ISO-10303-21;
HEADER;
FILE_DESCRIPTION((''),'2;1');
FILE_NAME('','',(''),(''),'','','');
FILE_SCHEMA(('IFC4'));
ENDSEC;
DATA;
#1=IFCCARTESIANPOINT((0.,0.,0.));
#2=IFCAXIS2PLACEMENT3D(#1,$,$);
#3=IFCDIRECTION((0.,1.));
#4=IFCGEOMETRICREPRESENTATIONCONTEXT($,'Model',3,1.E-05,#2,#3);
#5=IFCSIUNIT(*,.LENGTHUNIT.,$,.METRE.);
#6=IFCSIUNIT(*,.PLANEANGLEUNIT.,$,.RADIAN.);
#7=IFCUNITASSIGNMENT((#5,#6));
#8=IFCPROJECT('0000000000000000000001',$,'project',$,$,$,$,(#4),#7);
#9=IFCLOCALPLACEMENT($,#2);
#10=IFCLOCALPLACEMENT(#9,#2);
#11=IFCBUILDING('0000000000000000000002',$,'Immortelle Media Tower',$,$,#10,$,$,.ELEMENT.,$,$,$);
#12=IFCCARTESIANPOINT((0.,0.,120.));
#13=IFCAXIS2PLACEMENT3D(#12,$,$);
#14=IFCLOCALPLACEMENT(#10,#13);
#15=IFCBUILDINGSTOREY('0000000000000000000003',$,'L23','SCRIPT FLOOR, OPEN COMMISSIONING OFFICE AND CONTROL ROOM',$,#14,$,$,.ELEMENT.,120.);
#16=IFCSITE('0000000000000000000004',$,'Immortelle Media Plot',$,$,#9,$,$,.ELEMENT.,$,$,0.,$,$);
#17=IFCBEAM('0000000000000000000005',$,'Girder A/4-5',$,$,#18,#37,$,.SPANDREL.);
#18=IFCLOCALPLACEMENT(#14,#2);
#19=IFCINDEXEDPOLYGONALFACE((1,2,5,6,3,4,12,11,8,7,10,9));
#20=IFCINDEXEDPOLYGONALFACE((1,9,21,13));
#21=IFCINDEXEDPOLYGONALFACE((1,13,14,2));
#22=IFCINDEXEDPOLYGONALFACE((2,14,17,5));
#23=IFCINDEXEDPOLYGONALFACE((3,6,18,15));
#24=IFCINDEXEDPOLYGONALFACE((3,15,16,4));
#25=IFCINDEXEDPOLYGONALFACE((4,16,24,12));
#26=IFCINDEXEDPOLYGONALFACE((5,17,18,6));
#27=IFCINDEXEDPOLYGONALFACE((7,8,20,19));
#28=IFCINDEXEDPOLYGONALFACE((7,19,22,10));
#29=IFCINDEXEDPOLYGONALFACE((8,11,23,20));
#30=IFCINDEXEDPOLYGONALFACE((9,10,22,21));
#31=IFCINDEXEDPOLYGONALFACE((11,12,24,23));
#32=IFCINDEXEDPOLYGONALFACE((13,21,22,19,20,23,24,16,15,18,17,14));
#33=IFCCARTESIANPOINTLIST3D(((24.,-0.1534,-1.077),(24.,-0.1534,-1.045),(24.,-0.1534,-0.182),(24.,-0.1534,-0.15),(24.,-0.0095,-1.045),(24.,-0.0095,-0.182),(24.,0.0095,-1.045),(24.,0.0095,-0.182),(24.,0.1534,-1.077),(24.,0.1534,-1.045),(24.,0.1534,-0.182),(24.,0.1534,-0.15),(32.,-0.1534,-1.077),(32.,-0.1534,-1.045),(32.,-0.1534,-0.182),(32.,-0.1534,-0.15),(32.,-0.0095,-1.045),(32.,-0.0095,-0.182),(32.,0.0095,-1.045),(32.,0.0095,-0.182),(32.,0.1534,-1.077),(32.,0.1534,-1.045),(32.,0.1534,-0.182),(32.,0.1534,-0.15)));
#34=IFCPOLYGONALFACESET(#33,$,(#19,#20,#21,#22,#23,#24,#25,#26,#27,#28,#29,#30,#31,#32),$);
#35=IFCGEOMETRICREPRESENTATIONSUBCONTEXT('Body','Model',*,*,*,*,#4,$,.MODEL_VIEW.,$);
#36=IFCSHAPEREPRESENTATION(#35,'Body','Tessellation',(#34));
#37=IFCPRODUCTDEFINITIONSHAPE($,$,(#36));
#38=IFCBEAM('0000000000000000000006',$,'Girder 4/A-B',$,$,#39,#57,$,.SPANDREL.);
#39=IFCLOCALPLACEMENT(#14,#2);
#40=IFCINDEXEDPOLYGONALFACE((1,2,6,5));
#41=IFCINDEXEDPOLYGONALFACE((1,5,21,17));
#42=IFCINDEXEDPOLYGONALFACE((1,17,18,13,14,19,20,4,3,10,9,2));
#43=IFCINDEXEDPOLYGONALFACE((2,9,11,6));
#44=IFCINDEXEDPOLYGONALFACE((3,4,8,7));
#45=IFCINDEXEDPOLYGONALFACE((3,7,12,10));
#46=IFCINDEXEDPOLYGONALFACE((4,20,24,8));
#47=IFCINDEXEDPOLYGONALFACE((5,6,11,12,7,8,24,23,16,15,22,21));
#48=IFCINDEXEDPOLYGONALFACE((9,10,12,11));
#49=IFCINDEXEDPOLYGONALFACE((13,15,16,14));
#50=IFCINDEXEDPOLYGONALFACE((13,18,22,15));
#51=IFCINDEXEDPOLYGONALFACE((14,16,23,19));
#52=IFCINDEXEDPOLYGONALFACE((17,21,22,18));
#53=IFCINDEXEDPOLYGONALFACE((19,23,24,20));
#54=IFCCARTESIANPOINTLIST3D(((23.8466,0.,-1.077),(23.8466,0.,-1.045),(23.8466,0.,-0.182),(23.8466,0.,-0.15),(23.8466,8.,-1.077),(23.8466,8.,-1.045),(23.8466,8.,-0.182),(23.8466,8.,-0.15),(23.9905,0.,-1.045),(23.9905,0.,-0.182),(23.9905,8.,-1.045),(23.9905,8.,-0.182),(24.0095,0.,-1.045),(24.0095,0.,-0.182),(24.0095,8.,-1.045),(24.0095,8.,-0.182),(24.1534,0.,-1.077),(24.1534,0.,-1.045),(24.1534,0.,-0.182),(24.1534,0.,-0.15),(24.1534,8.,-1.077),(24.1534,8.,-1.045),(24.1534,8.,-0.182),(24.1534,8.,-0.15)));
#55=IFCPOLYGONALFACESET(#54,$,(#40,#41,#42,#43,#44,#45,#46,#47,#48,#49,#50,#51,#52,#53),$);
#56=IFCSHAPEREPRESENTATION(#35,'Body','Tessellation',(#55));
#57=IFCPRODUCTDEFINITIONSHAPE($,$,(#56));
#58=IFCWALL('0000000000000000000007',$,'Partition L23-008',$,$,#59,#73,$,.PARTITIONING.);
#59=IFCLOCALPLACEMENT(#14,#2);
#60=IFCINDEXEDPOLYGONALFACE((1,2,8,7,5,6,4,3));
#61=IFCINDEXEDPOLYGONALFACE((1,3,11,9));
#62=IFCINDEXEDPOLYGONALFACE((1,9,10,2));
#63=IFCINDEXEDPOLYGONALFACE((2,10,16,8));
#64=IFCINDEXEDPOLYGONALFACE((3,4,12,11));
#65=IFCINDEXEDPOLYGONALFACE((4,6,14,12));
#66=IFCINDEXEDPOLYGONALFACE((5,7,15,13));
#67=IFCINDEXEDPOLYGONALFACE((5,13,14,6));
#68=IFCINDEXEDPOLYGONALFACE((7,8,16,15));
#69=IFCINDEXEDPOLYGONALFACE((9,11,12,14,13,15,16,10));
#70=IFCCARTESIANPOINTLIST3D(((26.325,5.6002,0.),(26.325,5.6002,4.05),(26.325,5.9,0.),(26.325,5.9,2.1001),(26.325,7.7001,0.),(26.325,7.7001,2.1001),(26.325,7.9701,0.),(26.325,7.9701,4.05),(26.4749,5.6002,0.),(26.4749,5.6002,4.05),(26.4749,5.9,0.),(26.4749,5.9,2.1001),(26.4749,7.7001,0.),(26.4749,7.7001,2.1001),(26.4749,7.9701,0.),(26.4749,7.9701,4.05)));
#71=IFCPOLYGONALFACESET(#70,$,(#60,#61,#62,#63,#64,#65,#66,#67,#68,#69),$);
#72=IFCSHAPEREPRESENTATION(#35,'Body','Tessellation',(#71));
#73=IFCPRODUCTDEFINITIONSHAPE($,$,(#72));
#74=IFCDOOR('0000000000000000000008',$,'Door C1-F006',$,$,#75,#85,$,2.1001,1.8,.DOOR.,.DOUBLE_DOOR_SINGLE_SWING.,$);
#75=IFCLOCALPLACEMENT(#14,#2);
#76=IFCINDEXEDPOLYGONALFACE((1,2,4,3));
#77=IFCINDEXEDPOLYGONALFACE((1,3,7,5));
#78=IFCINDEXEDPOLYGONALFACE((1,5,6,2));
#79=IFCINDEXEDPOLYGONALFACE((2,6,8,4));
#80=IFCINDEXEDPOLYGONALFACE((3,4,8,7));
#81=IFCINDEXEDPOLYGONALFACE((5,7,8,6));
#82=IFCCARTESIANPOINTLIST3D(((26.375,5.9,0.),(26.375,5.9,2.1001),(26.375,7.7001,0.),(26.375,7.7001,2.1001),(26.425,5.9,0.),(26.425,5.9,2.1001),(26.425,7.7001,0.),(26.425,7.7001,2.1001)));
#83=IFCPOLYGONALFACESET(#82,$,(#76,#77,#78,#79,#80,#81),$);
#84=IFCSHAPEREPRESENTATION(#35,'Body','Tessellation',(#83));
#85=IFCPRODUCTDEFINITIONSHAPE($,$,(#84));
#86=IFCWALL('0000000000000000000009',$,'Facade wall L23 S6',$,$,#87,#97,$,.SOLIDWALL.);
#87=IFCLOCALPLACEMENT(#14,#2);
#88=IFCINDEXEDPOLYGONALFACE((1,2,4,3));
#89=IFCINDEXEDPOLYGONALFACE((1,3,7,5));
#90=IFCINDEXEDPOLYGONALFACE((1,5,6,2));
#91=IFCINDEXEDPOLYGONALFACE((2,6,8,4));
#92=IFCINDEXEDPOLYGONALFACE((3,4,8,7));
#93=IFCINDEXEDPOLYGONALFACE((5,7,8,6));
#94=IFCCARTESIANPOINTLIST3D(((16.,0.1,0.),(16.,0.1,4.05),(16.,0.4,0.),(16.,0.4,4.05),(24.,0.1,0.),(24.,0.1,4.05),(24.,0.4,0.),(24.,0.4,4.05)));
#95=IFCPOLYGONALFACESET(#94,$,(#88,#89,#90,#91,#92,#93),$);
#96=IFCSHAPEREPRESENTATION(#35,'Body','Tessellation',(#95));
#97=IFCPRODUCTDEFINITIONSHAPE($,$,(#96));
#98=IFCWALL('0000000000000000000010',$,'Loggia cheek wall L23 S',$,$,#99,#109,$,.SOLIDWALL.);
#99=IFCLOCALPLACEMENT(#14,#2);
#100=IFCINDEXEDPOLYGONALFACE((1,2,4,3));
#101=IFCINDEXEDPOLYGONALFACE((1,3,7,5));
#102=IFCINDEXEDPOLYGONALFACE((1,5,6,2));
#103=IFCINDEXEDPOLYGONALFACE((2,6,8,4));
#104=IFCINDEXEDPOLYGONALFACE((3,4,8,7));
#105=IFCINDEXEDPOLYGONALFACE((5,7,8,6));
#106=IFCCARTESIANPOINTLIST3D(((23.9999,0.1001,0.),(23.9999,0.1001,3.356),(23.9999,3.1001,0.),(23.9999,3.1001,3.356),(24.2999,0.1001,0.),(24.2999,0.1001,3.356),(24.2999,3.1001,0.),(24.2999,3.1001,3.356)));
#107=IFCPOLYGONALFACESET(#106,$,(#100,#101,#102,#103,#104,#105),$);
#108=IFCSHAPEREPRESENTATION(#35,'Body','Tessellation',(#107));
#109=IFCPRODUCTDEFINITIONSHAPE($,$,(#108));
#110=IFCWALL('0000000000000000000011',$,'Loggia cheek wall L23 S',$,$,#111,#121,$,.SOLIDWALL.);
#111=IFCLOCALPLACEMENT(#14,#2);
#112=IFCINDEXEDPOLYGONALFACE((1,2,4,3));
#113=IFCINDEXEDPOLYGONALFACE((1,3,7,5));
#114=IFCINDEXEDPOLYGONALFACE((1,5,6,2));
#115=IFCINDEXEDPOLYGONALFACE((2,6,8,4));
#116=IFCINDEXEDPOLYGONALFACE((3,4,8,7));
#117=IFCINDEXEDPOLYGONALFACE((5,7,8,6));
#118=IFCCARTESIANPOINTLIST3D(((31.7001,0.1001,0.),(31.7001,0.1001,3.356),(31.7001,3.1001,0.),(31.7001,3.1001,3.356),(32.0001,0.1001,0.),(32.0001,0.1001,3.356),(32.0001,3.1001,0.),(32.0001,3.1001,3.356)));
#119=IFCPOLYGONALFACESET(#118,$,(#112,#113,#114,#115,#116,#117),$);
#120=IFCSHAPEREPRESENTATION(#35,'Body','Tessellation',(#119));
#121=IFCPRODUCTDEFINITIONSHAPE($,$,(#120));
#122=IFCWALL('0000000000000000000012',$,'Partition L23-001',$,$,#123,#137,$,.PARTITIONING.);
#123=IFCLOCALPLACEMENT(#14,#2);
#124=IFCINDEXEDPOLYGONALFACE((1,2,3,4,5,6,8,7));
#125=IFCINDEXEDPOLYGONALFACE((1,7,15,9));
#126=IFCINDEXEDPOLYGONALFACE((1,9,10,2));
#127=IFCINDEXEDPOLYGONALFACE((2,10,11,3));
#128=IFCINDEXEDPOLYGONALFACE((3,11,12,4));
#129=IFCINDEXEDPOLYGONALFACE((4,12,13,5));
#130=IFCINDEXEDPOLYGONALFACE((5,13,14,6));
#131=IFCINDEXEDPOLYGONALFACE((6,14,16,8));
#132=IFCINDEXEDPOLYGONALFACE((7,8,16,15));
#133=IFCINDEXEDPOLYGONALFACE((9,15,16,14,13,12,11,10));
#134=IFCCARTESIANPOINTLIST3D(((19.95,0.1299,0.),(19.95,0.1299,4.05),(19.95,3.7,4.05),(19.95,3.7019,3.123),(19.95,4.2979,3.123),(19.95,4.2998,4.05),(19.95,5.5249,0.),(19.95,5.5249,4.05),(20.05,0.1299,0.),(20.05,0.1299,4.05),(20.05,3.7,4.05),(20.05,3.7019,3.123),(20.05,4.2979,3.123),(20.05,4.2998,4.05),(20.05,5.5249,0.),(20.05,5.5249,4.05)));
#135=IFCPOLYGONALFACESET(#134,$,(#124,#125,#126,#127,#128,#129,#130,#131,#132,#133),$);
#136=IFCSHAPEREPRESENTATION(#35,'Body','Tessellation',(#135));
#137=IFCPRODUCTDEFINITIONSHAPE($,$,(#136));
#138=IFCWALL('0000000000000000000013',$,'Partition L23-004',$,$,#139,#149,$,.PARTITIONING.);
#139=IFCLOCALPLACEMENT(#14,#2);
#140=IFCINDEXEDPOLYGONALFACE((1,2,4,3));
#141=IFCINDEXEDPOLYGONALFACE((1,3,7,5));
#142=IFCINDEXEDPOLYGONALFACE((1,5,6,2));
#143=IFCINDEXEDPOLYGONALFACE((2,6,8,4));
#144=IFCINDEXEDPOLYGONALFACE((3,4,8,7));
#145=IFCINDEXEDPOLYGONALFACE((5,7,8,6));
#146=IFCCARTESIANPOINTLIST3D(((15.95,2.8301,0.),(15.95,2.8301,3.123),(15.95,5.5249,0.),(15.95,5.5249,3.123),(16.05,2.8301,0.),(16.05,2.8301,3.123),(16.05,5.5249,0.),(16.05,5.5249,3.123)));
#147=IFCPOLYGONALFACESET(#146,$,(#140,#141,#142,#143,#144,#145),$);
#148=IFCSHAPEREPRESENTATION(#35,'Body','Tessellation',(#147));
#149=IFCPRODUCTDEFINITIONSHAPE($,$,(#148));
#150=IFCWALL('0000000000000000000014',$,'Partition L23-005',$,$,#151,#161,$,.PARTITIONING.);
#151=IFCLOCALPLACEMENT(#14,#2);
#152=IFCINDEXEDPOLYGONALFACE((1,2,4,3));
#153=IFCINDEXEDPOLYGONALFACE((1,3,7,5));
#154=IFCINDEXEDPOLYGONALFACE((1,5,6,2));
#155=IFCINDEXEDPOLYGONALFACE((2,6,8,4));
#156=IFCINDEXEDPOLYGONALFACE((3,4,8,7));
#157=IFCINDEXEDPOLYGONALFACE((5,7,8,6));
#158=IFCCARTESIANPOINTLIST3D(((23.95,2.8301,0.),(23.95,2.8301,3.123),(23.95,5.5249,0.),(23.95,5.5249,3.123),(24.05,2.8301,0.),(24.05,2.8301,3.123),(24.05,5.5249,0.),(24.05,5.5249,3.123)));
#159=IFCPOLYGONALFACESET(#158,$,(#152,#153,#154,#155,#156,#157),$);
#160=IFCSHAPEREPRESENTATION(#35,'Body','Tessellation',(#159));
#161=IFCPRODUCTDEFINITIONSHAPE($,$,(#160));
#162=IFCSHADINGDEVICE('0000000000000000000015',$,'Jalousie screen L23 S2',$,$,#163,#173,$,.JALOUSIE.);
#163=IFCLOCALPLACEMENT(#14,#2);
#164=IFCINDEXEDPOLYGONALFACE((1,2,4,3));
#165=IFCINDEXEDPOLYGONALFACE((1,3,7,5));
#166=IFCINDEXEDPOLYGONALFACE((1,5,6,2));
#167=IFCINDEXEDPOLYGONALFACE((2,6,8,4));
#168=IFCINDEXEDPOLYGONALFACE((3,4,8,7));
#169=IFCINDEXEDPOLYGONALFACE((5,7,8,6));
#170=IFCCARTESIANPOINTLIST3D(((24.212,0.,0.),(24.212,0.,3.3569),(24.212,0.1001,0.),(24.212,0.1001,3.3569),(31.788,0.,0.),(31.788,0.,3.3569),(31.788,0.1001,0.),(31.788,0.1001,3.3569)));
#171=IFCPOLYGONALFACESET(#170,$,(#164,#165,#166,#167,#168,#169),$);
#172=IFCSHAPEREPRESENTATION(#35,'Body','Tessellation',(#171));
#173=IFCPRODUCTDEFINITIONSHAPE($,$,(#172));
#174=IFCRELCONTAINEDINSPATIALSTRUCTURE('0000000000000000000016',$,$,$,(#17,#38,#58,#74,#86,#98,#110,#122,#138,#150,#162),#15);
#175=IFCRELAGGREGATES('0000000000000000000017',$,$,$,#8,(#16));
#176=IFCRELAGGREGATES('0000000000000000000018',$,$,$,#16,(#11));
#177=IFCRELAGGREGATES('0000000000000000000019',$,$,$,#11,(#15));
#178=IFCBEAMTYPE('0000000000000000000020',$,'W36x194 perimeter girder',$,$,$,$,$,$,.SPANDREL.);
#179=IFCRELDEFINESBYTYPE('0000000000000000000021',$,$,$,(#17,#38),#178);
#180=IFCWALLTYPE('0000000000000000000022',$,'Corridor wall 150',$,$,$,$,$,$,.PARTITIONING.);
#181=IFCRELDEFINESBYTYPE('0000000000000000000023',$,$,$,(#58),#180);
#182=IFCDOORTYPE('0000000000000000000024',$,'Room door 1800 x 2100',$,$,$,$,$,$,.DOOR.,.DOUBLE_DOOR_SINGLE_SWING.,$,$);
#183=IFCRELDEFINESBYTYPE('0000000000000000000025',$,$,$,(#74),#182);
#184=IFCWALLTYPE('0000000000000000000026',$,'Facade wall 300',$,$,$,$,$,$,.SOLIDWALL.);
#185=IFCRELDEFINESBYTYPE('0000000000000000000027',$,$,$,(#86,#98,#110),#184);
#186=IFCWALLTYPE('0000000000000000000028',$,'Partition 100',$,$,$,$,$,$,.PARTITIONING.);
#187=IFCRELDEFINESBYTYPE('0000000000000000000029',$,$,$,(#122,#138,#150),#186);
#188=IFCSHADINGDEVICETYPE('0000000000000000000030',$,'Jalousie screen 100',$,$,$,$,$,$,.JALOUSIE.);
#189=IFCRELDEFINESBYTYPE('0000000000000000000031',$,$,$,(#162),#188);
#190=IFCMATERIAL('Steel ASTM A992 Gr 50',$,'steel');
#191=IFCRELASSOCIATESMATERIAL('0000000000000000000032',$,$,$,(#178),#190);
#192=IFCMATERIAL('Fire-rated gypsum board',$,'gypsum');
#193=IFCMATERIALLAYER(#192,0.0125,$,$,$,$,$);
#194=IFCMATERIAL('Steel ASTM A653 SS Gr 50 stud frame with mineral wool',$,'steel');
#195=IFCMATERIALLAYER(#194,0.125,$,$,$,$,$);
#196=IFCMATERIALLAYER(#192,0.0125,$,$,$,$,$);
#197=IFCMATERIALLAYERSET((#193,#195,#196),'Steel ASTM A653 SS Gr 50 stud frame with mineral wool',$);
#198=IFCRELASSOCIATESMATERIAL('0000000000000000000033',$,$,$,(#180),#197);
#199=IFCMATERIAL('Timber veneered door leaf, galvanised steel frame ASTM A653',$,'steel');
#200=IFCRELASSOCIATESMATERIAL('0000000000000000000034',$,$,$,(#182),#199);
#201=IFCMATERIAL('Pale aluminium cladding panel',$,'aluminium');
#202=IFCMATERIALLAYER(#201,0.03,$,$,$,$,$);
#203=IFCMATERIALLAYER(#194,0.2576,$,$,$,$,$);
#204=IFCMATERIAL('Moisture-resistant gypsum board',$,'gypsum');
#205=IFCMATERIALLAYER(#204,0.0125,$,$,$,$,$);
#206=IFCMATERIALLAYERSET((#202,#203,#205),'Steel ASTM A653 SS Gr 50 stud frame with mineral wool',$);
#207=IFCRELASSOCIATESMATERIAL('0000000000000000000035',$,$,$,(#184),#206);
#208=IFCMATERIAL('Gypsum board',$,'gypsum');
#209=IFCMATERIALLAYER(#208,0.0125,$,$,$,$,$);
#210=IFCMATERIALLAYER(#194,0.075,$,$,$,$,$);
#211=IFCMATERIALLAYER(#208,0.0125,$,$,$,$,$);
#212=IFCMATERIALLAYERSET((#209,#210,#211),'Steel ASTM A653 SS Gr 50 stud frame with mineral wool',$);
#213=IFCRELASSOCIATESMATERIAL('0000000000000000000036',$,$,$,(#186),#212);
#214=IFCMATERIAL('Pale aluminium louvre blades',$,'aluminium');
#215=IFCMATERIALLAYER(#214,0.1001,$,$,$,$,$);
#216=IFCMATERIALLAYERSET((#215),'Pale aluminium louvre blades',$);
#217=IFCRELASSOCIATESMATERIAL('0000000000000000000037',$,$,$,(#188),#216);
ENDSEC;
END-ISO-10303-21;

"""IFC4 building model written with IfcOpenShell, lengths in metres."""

from ifc_helpers import new_model, si_unit, direction, frame, frame_2d, origin, origin_2d, place, context, subcontext, project, spatial, polyline, rectangle, i_section, outline, extrude, material, layer, layer_set, material_profile, profile_set, type_object, element, fill, save


model = new_model("IFC4")

# Units and contexts
model_context = context("Model", 3, precision=1e-05, world=origin(), true_north=direction((0.0, 1.0)))
body_context = subcontext(model_context, "Body", "Model", "MODEL_VIEW")
ifc_project = project(units=[si_unit("LENGTHUNIT", "METRE"), si_unit("PLANEANGLEUNIT", "RADIAN")], contexts=[model_context])

# Site, building, storey
site_placement = place(None, origin())
site = spatial("IfcSite", under=ifc_project, at=site_placement, Name="Immortelle Media Plot", CompositionType="ELEMENT", RefElevation=0.0)
building_placement = place(site_placement, origin())
building = spatial("IfcBuilding", under=site, at=building_placement, Name="Immortelle Media Tower", CompositionType="ELEMENT")
storey_placement = place(building_placement, frame((0.0, 0.0, 120.0)))
storey = spatial("IfcBuildingStorey", under=building, at=storey_placement, Name="L23", Description="SCRIPT FLOOR, OPEN COMMISSIONING OFFICE AND CONTROL ROOM", CompositionType="ELEMENT", Elevation=120.0)

# Shared definitions
ifc_material_1 = material(Name="Steel ASTM A992 Gr 50", Category="steel")

# Beams
ifc_material_profile_1 = material_profile(ifc_material_1, i_section(OverallWidth=0.3069, OverallDepth=0.927, WebThickness=0.019, FlangeThickness=0.032, at=origin_2d()), Name="W36x194")
ifc_profile_set_1 = profile_set([ifc_material_profile_1], Name="Steel ASTM A992 Gr 50")
beam_type_1 = type_object("IfcBeamType", Name="W36x194 perimeter girder", PredefinedType="SPANDREL", material=ifc_profile_set_1)
for number, where, z_axis, x_axis, name in (
    (1, (24.0, 0.0, -0.6135), (1.0, 0.0, 0.0), (0.0, 1.0, 0.0), "Girder A/4-5"),
    (2, (24.0, 0.0, -0.6135), (0.0, 1.0, 0.0), (-1.0, 0.0, 0.0), "Girder 4/A-B"),
):
    element("IfcBeam", number, at=place(storey_placement, frame(where, z_axis=z_axis, x_axis=x_axis)), inside=storey, type_object=beam_type_1, Name=name, PredefinedType="SPANDREL", context=body_context, shape_type="SweptSolid", body=[
        extrude(i_section(OverallWidth=0.3069, OverallDepth=0.927, WebThickness=0.019, FlangeThickness=0.032, at=origin_2d()), origin(), (0.0, 0.0, 1.0), 8.0),
    ])

# Wall, opening, door
ifc_material_2 = material(Name="Fire-rated gypsum board", Category="gypsum")
ifc_layer_1 = layer(ifc_material_2, 0.0125)
ifc_material_3 = material(Name="Steel ASTM A653 SS Gr 50 stud frame with mineral wool", Category="steel")
ifc_layer_2 = layer(ifc_material_3, 0.125)
ifc_layer_3 = layer(ifc_material_2, 0.0125)
ifc_layer_set_1 = layer_set([ifc_layer_1, ifc_layer_2, ifc_layer_3], Name="Steel ASTM A653 SS Gr 50 stud frame with mineral wool")
wall_type_1 = type_object("IfcWallType", Name="Corridor wall 150", PredefinedType="PARTITIONING", material=ifc_layer_set_1)
wall_1_placement = place(storey_placement, frame((26.3999, 5.6001, 0.0), z_axis=(0.0, 0.0, 1.0), x_axis=(0.0, 1.0, 0.0)))
wall_1 = element("IfcWall", 3, at=wall_1_placement, inside=storey, type_object=wall_type_1, Name="Partition L23-008", PredefinedType="PARTITIONING", context=body_context, shape_type="SweptSolid", body=[
    extrude(rectangle(XDim=2.3699, YDim=0.1499, at=frame_2d((1.1851, 0.0))), origin(), (0.0, 0.0, 1.0), 4.05),
])
opening_1_placement = place(wall_1_placement, frame((0.3, 0.0, 0.0)))
opening_1 = element("IfcOpeningElement", 4, at=opening_1_placement, cuts=wall_1, PredefinedType="OPENING", context=body_context, shape_type="SweptSolid", body=[
    extrude(rectangle(XDim=1.8, YDim=2.1001, at=frame_2d((0.8999, 1.05))), frame((0.0, 0.085, 0.0), z_axis=(0.0, -1.0, 0.0), x_axis=(1.0, 0.0, 0.0)), (0.0, 0.0, 1.0), 0.1699),
])
ifc_material_4 = material(Name="Timber veneered door leaf, galvanised steel frame ASTM A653", Category="steel")
door_type_1 = type_object("IfcDoorType", Name="Room door 1800 x 2100", OperationType="DOUBLE_DOOR_SINGLE_SWING", PredefinedType="DOOR", material=ifc_material_4)
door_1_placement = place(opening_1_placement, origin())
door_1 = element("IfcDoor", 5, at=door_1_placement, inside=storey, type_object=door_type_1, Name="Door C1-F006", OperationType="DOUBLE_DOOR_SINGLE_SWING", OverallHeight=2.1001, OverallWidth=1.8, PredefinedType="DOOR", context=body_context, shape_type="SweptSolid", body=[
    extrude(rectangle(XDim=1.8, YDim=2.1001, at=frame_2d((0.8999, 1.05))), frame((0.0, 0.0249, 0.0), z_axis=(0.0, -1.0, 0.0), x_axis=(1.0, 0.0, 0.0)), (0.0, 0.0, 1.0), 0.05),
])
fill(opening_1, door_1)

# Wall
ifc_material_5 = material(Name="Pale aluminium cladding panel", Category="aluminium")
ifc_layer_4 = layer(ifc_material_5, 0.03)
ifc_layer_5 = layer(ifc_material_3, 0.2576)
ifc_material_6 = material(Name="Moisture-resistant gypsum board", Category="gypsum")
ifc_layer_6 = layer(ifc_material_6, 0.0125)
ifc_layer_set_2 = layer_set([ifc_layer_4, ifc_layer_5, ifc_layer_6], Name="Steel ASTM A653 SS Gr 50 stud frame with mineral wool")
wall_type_2 = type_object("IfcWallType", Name="Facade wall 300", PredefinedType="SOLIDWALL", material=ifc_layer_set_2)
wall_2_placement = place(storey_placement, frame((16.0, 0.25, 0.0), z_axis=(0.0, 0.0, 1.0), x_axis=(1.0, 0.0, 0.0)))
element("IfcWall", 6, at=wall_2_placement, inside=storey, type_object=wall_type_2, Name="Facade wall L23 S6", PredefinedType="SOLIDWALL", context=body_context, shape_type="SweptSolid", body=[
    extrude(rectangle(XDim=8.0, YDim=0.3, at=frame_2d((4.0, 0.0))), origin(), (0.0, 0.0, 1.0), 4.05),
])

# Walls
for number, where, z_axis, x_axis, name in (
    (7, (24.1499, 0.1001, 0.0), (0.0, 0.0, 1.0), (0.0, 1.0, 0.0), "Loggia cheek wall L23 S"),
    (8, (31.8501, 0.1001, 0.0), (0.0, 0.0, 1.0), (0.0, 1.0, 0.0), "Loggia cheek wall L23 S"),
):
    element("IfcWall", number, at=place(storey_placement, frame(where, z_axis=z_axis, x_axis=x_axis)), inside=storey, type_object=wall_type_2, Name=name, PredefinedType="SOLIDWALL", context=body_context, shape_type="SweptSolid", body=[
        extrude(rectangle(XDim=3.0, YDim=0.3, at=frame_2d((1.5, 0.0))), origin(), (0.0, 0.0, 1.0), 3.356),
    ])
ifc_material_7 = material(Name="Gypsum board", Category="gypsum")
ifc_layer_7 = layer(ifc_material_7, 0.0125)
ifc_layer_8 = layer(ifc_material_3, 0.075)
ifc_layer_9 = layer(ifc_material_7, 0.0125)
ifc_layer_set_3 = layer_set([ifc_layer_7, ifc_layer_8, ifc_layer_9], Name="Steel ASTM A653 SS Gr 50 stud frame with mineral wool")
wall_type_3 = type_object("IfcWallType", Name="Partition 100", PredefinedType="PARTITIONING", material=ifc_layer_set_3)
wall_3_placement = place(storey_placement, frame((20.0, 0.1299, 0.0), z_axis=(0.0, 0.0, 1.0), x_axis=(0.0, 1.0, 0.0)))
element("IfcWall", 9, at=wall_3_placement, inside=storey, type_object=wall_type_3, Name="Partition L23-001", PredefinedType="PARTITIONING", context=body_context, shape_type="SweptSolid", body=[
    extrude(outline(polyline([(0.0, 0.0), (5.395, 0.0), (5.395, 4.05), (4.1699, 4.05), (4.168, 3.123), (3.572, 3.123), (3.5701, 4.05), (0.0, 4.05), (0.0, 0.0)])), frame((0.0, 0.05, 0.0), z_axis=(0.0, -1.0, 0.0), x_axis=(1.0, 0.0, 0.0)), (0.0, 0.0, 1.0), 0.1001),
])
for number, where, z_axis, x_axis, name in (
    (10, (16.0, 2.8301, 0.0), (0.0, 0.0, 1.0), (0.0, 1.0, 0.0), "Partition L23-004"),
    (11, (24.0, 2.8301, 0.0), (0.0, 0.0, 1.0), (0.0, 1.0, 0.0), "Partition L23-005"),
):
    element("IfcWall", number, at=place(storey_placement, frame(where, z_axis=z_axis, x_axis=x_axis)), inside=storey, type_object=wall_type_3, Name=name, PredefinedType="PARTITIONING", context=body_context, shape_type="SweptSolid", body=[
        extrude(rectangle(XDim=2.6948, YDim=0.1001, at=frame_2d((1.3474, 0.0))), origin(), (0.0, 0.0, 1.0), 3.123),
    ])

# Shading device
ifc_material_8 = material(Name="Pale aluminium louvre blades", Category="aluminium")
ifc_layer_10 = layer(ifc_material_8, 0.1001)
ifc_layer_set_4 = layer_set([ifc_layer_10], Name="Pale aluminium louvre blades")
shading_device_type = type_object("IfcShadingDeviceType", Name="Jalousie screen 100", PredefinedType="JALOUSIE", material=ifc_layer_set_4)
shading_device_placement = place(storey_placement, frame((28.0, 0.05, 0.0), z_axis=(0.0, 0.0, 1.0), x_axis=(1.0, 0.0, 0.0)))
element("IfcShadingDevice", 12, at=shading_device_placement, inside=storey, type_object=shading_device_type, Name="Jalousie screen L23 S2", PredefinedType="JALOUSIE", context=body_context, shape_type="SweptSolid", body=[
    extrude(rectangle(XDim=7.5759, YDim=0.1001, at=origin_2d()), origin(), (0.0, 0.0, 1.0), 3.3569),
])

save(model, "model.ifc")
